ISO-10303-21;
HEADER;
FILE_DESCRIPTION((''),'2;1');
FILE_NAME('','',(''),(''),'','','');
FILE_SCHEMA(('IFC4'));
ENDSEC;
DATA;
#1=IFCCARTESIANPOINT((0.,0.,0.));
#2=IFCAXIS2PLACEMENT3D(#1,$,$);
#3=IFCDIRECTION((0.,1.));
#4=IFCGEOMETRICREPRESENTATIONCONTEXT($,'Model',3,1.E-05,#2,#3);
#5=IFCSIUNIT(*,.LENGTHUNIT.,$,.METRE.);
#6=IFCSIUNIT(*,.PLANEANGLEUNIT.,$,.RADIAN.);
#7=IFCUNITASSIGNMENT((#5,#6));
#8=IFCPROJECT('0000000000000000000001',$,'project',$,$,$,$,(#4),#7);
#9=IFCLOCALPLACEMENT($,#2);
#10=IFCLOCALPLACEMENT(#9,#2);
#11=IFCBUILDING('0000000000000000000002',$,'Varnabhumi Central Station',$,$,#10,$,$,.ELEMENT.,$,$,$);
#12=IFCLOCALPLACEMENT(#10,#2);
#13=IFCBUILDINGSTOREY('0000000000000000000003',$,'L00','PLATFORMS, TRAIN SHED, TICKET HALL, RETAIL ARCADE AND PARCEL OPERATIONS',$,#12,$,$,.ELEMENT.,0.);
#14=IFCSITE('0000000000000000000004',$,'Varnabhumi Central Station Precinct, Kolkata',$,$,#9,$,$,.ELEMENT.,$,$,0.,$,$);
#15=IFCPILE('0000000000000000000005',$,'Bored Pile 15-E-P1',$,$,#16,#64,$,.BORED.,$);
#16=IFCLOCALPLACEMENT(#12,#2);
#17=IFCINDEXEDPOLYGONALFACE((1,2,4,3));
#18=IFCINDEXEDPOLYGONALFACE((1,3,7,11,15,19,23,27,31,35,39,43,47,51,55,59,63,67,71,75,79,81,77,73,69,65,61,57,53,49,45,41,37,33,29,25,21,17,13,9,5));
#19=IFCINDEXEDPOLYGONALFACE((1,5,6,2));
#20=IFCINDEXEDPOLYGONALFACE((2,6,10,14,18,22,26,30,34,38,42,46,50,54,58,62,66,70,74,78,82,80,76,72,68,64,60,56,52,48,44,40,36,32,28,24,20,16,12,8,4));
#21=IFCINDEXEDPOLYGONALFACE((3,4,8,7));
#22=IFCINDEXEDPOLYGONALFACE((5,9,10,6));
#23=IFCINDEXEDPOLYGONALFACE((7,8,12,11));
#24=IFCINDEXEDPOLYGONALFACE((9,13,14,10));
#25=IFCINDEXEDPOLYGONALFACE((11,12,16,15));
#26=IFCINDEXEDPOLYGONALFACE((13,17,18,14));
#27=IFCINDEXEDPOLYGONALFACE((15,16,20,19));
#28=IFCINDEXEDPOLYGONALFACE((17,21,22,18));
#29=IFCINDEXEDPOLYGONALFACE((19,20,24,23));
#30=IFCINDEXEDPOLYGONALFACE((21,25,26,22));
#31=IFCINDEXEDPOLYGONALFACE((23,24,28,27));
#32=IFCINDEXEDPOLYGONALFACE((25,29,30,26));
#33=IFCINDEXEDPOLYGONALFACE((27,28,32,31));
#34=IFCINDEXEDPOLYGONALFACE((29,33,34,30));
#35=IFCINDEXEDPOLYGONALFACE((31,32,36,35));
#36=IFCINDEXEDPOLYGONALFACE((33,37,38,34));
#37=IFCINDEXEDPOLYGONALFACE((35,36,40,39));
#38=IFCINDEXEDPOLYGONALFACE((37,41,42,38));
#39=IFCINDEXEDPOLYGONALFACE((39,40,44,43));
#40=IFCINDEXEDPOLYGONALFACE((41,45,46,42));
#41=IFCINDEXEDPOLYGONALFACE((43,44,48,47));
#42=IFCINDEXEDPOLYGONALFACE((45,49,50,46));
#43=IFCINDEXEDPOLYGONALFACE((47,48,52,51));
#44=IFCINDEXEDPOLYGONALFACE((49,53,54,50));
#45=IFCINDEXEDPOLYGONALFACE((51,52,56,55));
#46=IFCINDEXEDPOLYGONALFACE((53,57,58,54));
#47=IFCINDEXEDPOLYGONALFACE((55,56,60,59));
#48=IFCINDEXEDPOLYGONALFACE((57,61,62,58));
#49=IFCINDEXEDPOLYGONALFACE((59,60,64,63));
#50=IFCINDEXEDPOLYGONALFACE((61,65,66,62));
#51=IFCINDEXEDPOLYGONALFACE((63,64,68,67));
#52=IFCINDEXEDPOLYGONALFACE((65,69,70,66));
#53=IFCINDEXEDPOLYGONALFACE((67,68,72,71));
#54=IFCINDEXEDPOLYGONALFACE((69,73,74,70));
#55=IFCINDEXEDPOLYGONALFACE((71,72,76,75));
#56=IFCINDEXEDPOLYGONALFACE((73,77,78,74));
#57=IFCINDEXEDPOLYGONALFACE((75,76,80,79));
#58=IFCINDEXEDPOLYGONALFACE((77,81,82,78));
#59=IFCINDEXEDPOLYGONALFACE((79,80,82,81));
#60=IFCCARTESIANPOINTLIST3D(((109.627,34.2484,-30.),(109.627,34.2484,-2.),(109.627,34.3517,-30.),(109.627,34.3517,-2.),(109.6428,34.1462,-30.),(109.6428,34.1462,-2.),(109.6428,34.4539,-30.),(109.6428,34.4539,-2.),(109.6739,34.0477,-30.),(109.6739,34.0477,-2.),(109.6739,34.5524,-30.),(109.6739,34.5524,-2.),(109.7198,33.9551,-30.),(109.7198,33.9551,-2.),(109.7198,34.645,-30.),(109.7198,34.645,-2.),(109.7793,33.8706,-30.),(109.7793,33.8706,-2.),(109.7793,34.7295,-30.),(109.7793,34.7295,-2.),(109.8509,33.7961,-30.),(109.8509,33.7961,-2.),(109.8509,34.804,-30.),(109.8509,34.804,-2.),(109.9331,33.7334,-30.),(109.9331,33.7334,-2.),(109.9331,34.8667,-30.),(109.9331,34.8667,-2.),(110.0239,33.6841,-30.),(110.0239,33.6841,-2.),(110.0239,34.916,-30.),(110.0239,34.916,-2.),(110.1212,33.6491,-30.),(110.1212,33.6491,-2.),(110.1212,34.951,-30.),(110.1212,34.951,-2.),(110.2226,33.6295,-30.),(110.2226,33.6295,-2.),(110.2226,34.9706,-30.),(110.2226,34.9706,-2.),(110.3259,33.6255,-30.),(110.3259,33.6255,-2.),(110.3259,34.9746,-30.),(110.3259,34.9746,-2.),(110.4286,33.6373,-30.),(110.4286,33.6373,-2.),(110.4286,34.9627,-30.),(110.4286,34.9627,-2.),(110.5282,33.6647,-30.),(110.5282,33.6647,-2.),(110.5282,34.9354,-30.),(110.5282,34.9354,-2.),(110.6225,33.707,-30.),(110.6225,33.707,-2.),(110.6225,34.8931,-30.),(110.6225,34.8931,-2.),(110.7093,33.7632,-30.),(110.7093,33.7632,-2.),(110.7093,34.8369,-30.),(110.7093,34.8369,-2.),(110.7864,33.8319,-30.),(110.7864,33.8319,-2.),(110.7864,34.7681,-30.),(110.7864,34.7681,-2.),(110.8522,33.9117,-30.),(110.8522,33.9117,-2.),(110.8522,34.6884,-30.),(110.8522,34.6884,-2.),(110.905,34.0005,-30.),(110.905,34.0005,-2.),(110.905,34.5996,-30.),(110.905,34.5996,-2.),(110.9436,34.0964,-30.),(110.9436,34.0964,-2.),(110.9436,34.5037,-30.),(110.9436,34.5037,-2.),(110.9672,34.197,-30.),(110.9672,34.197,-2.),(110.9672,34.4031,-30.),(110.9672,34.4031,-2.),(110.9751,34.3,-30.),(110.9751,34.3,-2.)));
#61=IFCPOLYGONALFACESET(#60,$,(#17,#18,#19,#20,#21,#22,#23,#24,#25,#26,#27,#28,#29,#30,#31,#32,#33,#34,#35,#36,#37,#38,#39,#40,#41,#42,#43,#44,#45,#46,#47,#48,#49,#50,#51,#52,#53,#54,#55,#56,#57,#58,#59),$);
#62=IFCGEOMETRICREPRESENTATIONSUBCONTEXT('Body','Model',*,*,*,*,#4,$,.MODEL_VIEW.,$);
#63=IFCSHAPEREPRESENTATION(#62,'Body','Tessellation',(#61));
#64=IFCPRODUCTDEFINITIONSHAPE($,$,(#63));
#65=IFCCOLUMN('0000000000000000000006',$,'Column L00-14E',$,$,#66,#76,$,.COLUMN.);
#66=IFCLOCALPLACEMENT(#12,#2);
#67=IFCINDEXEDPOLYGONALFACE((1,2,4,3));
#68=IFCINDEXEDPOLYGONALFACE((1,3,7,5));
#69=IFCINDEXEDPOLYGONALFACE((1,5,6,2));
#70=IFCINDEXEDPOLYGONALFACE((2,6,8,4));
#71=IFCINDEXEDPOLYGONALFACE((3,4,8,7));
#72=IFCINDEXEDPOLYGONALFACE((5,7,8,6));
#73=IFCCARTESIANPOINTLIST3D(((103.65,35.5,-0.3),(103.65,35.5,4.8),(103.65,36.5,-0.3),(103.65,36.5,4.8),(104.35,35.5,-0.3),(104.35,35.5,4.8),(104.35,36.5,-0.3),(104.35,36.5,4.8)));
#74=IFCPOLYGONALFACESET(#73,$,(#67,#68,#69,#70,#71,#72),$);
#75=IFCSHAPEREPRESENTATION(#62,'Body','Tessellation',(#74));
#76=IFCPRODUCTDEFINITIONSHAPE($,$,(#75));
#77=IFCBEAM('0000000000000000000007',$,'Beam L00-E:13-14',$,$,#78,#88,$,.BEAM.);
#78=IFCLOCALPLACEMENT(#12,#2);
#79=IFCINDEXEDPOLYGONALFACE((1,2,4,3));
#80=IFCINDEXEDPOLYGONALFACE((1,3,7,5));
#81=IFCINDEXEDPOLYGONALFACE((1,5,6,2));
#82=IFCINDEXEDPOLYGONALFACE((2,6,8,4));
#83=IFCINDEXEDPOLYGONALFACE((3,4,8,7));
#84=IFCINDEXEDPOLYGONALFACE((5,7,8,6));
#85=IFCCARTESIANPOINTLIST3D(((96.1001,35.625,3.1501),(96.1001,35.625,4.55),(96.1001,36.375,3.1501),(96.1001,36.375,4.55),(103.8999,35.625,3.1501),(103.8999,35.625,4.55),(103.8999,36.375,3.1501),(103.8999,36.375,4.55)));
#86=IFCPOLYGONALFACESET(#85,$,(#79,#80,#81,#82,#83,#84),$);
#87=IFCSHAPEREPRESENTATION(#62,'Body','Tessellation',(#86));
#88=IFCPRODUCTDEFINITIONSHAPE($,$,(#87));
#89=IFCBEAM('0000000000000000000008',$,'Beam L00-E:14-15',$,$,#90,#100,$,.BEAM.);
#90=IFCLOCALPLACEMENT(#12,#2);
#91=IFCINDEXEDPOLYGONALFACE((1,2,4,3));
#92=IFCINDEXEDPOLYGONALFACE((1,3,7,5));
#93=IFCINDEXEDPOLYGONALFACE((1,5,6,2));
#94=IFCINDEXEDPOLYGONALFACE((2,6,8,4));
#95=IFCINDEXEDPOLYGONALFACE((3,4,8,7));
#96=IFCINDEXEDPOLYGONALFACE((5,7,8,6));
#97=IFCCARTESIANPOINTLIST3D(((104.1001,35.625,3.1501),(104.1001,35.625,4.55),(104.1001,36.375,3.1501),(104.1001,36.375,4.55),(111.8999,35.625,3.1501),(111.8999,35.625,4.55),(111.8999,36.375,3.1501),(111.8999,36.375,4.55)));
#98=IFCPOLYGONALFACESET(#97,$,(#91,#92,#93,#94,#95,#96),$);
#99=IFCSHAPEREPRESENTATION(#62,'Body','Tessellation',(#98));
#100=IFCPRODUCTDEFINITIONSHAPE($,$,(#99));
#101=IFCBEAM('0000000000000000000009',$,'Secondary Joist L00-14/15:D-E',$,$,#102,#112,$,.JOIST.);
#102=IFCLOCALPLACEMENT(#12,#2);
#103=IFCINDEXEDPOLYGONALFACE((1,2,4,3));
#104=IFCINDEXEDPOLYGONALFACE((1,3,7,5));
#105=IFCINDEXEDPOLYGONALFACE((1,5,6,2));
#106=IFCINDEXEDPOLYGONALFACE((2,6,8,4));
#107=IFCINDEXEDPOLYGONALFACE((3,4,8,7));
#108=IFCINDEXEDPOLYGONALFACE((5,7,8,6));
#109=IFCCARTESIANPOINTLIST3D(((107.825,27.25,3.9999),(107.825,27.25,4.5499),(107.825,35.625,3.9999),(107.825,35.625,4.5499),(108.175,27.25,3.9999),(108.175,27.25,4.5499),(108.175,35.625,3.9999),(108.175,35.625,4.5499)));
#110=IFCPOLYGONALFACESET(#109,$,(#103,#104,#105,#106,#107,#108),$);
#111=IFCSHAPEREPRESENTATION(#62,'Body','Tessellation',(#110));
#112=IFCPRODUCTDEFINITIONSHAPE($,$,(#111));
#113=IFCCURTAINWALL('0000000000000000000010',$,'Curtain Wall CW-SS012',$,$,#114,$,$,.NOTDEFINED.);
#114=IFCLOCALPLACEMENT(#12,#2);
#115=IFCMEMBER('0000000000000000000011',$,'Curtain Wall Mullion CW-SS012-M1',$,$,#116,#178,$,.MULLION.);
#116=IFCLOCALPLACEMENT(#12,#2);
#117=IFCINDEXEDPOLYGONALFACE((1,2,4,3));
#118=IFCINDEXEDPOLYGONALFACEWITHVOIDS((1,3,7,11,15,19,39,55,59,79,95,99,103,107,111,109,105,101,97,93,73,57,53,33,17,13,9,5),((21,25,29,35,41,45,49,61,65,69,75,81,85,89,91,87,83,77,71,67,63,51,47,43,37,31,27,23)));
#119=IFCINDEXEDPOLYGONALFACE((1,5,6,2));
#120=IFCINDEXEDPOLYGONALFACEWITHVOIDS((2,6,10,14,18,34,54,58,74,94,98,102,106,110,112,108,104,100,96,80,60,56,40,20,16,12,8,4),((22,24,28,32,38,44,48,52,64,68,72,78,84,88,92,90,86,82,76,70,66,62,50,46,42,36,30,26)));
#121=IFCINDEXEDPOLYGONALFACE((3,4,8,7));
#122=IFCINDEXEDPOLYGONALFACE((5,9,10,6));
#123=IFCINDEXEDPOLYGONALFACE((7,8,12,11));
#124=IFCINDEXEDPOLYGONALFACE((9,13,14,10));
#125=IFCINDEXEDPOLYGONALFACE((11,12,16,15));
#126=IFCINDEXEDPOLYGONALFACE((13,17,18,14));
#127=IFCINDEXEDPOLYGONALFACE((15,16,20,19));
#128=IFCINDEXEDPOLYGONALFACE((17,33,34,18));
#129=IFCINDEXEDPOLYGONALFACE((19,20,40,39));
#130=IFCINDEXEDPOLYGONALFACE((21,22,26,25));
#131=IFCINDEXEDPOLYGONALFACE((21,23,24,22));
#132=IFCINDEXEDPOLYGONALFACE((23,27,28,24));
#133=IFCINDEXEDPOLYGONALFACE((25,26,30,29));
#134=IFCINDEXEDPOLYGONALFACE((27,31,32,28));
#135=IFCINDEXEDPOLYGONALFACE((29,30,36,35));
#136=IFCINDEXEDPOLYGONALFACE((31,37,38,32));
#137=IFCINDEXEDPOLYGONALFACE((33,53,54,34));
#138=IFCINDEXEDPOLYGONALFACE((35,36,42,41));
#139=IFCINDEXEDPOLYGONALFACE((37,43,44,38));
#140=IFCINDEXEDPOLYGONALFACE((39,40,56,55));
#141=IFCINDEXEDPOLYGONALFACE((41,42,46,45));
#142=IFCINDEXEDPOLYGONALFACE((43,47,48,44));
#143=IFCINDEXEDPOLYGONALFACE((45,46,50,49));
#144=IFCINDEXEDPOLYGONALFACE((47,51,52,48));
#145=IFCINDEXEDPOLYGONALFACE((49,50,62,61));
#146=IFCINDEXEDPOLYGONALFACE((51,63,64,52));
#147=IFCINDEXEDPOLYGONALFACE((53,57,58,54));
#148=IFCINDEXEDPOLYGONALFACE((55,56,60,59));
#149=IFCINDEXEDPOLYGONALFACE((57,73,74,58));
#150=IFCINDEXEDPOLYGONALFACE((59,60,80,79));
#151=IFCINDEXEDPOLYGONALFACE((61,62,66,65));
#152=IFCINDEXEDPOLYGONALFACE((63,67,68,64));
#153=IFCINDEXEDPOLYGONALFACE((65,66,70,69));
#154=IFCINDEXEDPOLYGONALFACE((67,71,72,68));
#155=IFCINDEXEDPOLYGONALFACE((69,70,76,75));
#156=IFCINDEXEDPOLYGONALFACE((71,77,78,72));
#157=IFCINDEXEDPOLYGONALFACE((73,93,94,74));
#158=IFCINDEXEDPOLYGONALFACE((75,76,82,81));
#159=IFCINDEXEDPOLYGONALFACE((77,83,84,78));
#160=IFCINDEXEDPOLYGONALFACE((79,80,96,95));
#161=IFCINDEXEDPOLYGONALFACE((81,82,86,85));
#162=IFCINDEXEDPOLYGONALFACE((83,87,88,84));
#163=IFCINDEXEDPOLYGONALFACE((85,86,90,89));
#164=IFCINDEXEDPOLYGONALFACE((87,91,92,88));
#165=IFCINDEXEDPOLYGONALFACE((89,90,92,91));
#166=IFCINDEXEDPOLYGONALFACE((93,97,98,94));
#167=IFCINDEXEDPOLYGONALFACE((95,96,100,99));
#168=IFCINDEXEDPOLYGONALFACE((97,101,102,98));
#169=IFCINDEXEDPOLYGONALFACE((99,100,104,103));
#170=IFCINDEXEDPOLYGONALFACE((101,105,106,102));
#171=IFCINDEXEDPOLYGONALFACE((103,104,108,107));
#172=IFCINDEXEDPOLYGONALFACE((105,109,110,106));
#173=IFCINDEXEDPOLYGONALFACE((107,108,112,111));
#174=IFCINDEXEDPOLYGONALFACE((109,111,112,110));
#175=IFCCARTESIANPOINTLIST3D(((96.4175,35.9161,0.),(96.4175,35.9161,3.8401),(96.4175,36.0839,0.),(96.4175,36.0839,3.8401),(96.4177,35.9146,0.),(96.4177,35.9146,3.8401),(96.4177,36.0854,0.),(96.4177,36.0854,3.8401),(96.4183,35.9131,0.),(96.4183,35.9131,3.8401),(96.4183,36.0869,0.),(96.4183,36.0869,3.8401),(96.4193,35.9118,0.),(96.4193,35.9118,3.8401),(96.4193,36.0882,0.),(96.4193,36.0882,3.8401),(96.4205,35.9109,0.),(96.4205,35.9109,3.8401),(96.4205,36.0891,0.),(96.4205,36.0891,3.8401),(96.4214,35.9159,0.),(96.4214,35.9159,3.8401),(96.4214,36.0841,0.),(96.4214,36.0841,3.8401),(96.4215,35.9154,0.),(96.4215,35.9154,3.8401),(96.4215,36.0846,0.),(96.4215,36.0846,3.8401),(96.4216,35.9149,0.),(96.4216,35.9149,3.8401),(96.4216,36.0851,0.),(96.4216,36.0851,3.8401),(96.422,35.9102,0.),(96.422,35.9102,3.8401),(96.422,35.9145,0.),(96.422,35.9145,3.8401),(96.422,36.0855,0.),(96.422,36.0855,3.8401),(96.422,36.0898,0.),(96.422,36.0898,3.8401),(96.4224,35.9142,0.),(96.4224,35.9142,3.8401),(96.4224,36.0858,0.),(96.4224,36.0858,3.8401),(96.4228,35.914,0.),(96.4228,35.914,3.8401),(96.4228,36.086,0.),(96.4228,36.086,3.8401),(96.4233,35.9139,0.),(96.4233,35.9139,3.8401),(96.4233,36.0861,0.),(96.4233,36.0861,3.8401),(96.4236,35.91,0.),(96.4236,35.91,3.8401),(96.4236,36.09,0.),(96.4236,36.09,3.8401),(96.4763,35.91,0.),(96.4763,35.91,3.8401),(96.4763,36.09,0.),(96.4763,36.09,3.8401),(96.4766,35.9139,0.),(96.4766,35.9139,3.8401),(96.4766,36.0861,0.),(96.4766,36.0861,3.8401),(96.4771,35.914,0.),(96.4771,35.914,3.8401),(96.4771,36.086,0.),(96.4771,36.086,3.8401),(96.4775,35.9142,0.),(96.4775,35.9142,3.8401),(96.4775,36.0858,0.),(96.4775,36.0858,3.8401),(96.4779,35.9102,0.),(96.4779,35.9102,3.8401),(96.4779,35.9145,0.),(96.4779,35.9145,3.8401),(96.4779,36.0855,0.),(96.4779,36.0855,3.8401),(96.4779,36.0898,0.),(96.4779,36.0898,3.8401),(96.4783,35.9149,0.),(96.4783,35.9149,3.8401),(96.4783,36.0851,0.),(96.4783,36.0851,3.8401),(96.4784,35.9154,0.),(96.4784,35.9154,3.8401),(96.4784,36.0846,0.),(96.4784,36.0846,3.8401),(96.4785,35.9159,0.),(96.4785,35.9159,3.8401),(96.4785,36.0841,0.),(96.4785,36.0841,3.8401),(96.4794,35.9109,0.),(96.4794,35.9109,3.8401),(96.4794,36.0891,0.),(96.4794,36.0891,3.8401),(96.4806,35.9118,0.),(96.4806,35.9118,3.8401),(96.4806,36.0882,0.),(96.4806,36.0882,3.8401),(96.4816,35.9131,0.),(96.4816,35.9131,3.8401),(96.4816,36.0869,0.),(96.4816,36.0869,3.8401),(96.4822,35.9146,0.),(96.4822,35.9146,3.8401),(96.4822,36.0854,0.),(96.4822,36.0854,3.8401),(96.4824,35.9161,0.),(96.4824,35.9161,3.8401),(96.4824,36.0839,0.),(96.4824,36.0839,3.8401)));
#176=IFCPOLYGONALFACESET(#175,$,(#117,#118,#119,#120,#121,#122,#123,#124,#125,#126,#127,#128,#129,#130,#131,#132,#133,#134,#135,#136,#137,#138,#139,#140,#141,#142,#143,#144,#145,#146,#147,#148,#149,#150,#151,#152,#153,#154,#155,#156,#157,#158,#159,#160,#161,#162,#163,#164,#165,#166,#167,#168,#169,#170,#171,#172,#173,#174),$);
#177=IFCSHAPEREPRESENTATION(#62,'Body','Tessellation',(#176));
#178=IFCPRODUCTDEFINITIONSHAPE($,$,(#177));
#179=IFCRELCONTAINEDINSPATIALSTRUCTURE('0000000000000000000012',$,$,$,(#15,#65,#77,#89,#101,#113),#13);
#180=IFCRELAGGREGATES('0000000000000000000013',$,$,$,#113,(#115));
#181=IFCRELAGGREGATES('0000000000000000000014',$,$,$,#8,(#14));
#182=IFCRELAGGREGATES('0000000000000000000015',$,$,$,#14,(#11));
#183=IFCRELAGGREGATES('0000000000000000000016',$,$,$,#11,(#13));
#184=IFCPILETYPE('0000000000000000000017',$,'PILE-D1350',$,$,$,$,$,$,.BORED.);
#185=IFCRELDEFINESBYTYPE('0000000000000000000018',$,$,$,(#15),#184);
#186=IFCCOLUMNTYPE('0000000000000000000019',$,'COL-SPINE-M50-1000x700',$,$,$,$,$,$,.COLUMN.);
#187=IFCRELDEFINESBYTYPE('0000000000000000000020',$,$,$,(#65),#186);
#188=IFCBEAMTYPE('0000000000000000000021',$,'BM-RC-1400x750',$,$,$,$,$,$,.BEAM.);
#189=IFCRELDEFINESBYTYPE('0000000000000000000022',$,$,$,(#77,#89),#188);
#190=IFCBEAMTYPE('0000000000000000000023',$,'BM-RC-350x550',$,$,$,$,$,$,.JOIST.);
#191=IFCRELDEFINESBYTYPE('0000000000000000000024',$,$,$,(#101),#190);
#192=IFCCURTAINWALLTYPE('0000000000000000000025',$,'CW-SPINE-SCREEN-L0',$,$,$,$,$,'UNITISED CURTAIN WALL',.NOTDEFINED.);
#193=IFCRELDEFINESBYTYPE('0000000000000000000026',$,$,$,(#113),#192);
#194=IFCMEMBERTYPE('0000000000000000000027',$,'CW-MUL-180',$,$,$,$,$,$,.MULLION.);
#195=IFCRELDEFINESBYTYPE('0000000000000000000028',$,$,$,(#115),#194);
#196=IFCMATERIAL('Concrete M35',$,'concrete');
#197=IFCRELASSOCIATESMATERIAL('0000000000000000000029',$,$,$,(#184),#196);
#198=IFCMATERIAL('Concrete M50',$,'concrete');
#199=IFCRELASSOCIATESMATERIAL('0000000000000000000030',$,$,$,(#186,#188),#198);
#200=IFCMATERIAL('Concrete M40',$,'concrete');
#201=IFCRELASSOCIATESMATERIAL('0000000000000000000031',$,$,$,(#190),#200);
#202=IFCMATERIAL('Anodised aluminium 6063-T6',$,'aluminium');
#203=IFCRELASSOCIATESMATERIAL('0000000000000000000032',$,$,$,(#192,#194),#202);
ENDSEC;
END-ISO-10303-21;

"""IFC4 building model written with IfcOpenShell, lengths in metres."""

from ifc_helpers import new_model, si_unit, direction, frame, origin, origin_2d, place, context, subcontext, project, spatial, rectangle, hollow_rectangle, circle, extrude, material, material_profile, profile_set, type_object, element, aggregate, save


model = new_model("IFC4")

# Units and contexts
model_context = context("Model", 3, precision=1e-05, world=origin(), true_north=direction((0.0, 1.0)))
body_context = subcontext(model_context, "Body", "Model", "MODEL_VIEW")
ifc_project = project(units=[si_unit("LENGTHUNIT", "METRE"), si_unit("PLANEANGLEUNIT", "RADIAN")], contexts=[model_context])

# Site, building, storey
site_placement = place(None, origin())
site = spatial("IfcSite", under=ifc_project, at=site_placement, Name="Varnabhumi Central Station Precinct, Kolkata", CompositionType="ELEMENT", RefElevation=0.0)
building_placement = place(site_placement, origin())
building = spatial("IfcBuilding", under=site, at=building_placement, Name="Varnabhumi Central Station", CompositionType="ELEMENT")
storey_placement = place(building_placement, origin())
storey = spatial("IfcBuildingStorey", under=building, at=storey_placement, Name="L00", Description="PLATFORMS, TRAIN SHED, TICKET HALL, RETAIL ARCADE AND PARCEL OPERATIONS", CompositionType="ELEMENT", Elevation=0.0)

# Shared definitions
ifc_material_1 = material(Name="Concrete M40", Category="concrete")

# Pile
ifc_material_2 = material(Name="Concrete M35", Category="concrete")
ifc_material_profile_1 = material_profile(ifc_material_2, circle(Radius=0.675, at=origin_2d()), Name="Concrete M35", Category="concrete")
ifc_profile_set_1 = profile_set([ifc_material_profile_1], Name="Concrete M35")
pile_type_1 = type_object("IfcPileType", Name="PILE-D1350", PredefinedType="BORED", material=ifc_profile_set_1)
pile_placement = place(storey_placement, frame((110.3, 34.3, -2.0), z_axis=(0.0, 0.0, -1.0), x_axis=(1.0, 0.0, 0.0)))
element("IfcPile", 1, at=pile_placement, inside=storey, type_object=pile_type_1, Name="Bored Pile 15-E-P1", PredefinedType="BORED", context=body_context, shape_type="SweptSolid", body=[
    extrude(circle(Radius=0.675, at=origin_2d()), origin(), (0.0, 0.0, 1.0), 28.0),
])

# Column
ifc_material_3 = material(Name="Concrete M50", Category="concrete")
ifc_material_profile_2 = material_profile(ifc_material_3, rectangle(XDim=0.7, YDim=1.0, at=origin_2d()), Name="Concrete M50", Category="concrete")
ifc_profile_set_2 = profile_set([ifc_material_profile_2], Name="Concrete M50")
column_type = type_object("IfcColumnType", Name="COL-SPINE-M50-1000x700", PredefinedType="COLUMN", material=ifc_profile_set_2)
column_placement = place(storey_placement, frame((104.0, 36.0, -0.3), z_axis=(0.0, 0.0, 1.0), x_axis=(1.0, 0.0, 0.0)))
element("IfcColumn", 2, at=column_placement, inside=storey, type_object=column_type, Name="Column L00-14E", PredefinedType="COLUMN", context=body_context, shape_type="SweptSolid", body=[
    extrude(rectangle(XDim=0.7, YDim=1.0, at=origin_2d()), origin(), (0.0, 0.0, 1.0), 5.1001),
])

# Beams
ifc_material_profile_3 = material_profile(ifc_material_3, rectangle(XDim=0.75, YDim=1.3999, at=origin_2d()), Name="Concrete M50", Category="concrete")
ifc_profile_set_3 = profile_set([ifc_material_profile_3], Name="Concrete M50")
beam_type_1 = type_object("IfcBeamType", Name="BM-RC-1400x750", PredefinedType="BEAM", material=ifc_profile_set_3)
for number, where, z_axis, x_axis, name in (
    (3, (96.1001, 36.0, 3.8501), (1.0, 0.0, 0.0), (0.0, 1.0, 0.0), "Beam L00-E:13-14"),
    (4, (104.1001, 36.0, 3.8501), (1.0, 0.0, 0.0), (0.0, 1.0, 0.0), "Beam L00-E:14-15"),
):
    element("IfcBeam", number, at=place(storey_placement, frame(where, z_axis=z_axis, x_axis=x_axis)), inside=storey, type_object=beam_type_1, Name=name, PredefinedType="BEAM", context=body_context, shape_type="SweptSolid", body=[
        extrude(rectangle(XDim=0.75, YDim=1.3999, at=origin_2d()), origin(), (0.0, 0.0, 1.0), 7.7998),
    ])
ifc_material_profile_4 = material_profile(ifc_material_1, rectangle(XDim=0.3501, YDim=0.55, at=origin_2d()), Name="Concrete M40", Category="concrete")
ifc_profile_set_4 = profile_set([ifc_material_profile_4], Name="Concrete M40")
beam_type_2 = type_object("IfcBeamType", Name="BM-RC-350x550", PredefinedType="JOIST", material=ifc_profile_set_4)
beam_placement = place(storey_placement, frame((108.0, 27.25, 4.2749), z_axis=(0.0, 1.0, 0.0), x_axis=(-1.0, 0.0, 0.0)))
element("IfcBeam", 5, at=beam_placement, inside=storey, type_object=beam_type_2, Name="Secondary Joist L00-14/15:D-E", PredefinedType="JOIST", context=body_context, shape_type="SweptSolid", body=[
    extrude(rectangle(XDim=0.3501, YDim=0.55, at=origin_2d()), origin(), (0.0, 0.0, 1.0), 8.375),
])

# Curtain wall, member
ifc_material_4 = material(Name="Anodised aluminium 6063-T6", Category="aluminium")
curtain_wall_type = type_object("IfcCurtainWallType", Name="CW-SPINE-SCREEN-L0", ElementType="UNITISED CURTAIN WALL", PredefinedType="NOTDEFINED", material=ifc_material_4)
curtain_wall_placement = place(storey_placement, origin())
curtain_wall = element("IfcCurtainWall", 6, at=curtain_wall_placement, inside=storey, type_object=curtain_wall_type, Name="Curtain Wall CW-SS012", PredefinedType="NOTDEFINED")
ifc_material_profile_5 = material_profile(ifc_material_4, hollow_rectangle(XDim=0.0649, YDim=0.1799, WallThickness=0.0039, InnerFilletRadius=0.002, OuterFilletRadius=0.0061, at=origin_2d()), Name="Anodised aluminium 6063-T6", Category="aluminium")
ifc_profile_set_5 = profile_set([ifc_material_profile_5], Name="Anodised aluminium 6063-T6")
member_type_1 = type_object("IfcMemberType", Name="CW-MUL-180", PredefinedType="MULLION", material=ifc_profile_set_5)
member_1_placement = place(storey_placement, frame((96.45, 36.0, 0.0), z_axis=(0.0, 0.0, 1.0), x_axis=(1.0, 0.0, 0.0)))
member_1 = element("IfcMember", 7, at=member_1_placement, type_object=member_type_1, Name="Curtain Wall Mullion CW-SS012-M1", PredefinedType="MULLION", context=body_context, shape_type="SweptSolid", body=[
    extrude(hollow_rectangle(XDim=0.0649, YDim=0.1799, WallThickness=0.0039, InnerFilletRadius=0.002, OuterFilletRadius=0.0061, at=origin_2d()), origin(), (0.0, 0.0, 1.0), 3.8401),
])
aggregate(curtain_wall, [member_1])

save(model, "model.ifc")
